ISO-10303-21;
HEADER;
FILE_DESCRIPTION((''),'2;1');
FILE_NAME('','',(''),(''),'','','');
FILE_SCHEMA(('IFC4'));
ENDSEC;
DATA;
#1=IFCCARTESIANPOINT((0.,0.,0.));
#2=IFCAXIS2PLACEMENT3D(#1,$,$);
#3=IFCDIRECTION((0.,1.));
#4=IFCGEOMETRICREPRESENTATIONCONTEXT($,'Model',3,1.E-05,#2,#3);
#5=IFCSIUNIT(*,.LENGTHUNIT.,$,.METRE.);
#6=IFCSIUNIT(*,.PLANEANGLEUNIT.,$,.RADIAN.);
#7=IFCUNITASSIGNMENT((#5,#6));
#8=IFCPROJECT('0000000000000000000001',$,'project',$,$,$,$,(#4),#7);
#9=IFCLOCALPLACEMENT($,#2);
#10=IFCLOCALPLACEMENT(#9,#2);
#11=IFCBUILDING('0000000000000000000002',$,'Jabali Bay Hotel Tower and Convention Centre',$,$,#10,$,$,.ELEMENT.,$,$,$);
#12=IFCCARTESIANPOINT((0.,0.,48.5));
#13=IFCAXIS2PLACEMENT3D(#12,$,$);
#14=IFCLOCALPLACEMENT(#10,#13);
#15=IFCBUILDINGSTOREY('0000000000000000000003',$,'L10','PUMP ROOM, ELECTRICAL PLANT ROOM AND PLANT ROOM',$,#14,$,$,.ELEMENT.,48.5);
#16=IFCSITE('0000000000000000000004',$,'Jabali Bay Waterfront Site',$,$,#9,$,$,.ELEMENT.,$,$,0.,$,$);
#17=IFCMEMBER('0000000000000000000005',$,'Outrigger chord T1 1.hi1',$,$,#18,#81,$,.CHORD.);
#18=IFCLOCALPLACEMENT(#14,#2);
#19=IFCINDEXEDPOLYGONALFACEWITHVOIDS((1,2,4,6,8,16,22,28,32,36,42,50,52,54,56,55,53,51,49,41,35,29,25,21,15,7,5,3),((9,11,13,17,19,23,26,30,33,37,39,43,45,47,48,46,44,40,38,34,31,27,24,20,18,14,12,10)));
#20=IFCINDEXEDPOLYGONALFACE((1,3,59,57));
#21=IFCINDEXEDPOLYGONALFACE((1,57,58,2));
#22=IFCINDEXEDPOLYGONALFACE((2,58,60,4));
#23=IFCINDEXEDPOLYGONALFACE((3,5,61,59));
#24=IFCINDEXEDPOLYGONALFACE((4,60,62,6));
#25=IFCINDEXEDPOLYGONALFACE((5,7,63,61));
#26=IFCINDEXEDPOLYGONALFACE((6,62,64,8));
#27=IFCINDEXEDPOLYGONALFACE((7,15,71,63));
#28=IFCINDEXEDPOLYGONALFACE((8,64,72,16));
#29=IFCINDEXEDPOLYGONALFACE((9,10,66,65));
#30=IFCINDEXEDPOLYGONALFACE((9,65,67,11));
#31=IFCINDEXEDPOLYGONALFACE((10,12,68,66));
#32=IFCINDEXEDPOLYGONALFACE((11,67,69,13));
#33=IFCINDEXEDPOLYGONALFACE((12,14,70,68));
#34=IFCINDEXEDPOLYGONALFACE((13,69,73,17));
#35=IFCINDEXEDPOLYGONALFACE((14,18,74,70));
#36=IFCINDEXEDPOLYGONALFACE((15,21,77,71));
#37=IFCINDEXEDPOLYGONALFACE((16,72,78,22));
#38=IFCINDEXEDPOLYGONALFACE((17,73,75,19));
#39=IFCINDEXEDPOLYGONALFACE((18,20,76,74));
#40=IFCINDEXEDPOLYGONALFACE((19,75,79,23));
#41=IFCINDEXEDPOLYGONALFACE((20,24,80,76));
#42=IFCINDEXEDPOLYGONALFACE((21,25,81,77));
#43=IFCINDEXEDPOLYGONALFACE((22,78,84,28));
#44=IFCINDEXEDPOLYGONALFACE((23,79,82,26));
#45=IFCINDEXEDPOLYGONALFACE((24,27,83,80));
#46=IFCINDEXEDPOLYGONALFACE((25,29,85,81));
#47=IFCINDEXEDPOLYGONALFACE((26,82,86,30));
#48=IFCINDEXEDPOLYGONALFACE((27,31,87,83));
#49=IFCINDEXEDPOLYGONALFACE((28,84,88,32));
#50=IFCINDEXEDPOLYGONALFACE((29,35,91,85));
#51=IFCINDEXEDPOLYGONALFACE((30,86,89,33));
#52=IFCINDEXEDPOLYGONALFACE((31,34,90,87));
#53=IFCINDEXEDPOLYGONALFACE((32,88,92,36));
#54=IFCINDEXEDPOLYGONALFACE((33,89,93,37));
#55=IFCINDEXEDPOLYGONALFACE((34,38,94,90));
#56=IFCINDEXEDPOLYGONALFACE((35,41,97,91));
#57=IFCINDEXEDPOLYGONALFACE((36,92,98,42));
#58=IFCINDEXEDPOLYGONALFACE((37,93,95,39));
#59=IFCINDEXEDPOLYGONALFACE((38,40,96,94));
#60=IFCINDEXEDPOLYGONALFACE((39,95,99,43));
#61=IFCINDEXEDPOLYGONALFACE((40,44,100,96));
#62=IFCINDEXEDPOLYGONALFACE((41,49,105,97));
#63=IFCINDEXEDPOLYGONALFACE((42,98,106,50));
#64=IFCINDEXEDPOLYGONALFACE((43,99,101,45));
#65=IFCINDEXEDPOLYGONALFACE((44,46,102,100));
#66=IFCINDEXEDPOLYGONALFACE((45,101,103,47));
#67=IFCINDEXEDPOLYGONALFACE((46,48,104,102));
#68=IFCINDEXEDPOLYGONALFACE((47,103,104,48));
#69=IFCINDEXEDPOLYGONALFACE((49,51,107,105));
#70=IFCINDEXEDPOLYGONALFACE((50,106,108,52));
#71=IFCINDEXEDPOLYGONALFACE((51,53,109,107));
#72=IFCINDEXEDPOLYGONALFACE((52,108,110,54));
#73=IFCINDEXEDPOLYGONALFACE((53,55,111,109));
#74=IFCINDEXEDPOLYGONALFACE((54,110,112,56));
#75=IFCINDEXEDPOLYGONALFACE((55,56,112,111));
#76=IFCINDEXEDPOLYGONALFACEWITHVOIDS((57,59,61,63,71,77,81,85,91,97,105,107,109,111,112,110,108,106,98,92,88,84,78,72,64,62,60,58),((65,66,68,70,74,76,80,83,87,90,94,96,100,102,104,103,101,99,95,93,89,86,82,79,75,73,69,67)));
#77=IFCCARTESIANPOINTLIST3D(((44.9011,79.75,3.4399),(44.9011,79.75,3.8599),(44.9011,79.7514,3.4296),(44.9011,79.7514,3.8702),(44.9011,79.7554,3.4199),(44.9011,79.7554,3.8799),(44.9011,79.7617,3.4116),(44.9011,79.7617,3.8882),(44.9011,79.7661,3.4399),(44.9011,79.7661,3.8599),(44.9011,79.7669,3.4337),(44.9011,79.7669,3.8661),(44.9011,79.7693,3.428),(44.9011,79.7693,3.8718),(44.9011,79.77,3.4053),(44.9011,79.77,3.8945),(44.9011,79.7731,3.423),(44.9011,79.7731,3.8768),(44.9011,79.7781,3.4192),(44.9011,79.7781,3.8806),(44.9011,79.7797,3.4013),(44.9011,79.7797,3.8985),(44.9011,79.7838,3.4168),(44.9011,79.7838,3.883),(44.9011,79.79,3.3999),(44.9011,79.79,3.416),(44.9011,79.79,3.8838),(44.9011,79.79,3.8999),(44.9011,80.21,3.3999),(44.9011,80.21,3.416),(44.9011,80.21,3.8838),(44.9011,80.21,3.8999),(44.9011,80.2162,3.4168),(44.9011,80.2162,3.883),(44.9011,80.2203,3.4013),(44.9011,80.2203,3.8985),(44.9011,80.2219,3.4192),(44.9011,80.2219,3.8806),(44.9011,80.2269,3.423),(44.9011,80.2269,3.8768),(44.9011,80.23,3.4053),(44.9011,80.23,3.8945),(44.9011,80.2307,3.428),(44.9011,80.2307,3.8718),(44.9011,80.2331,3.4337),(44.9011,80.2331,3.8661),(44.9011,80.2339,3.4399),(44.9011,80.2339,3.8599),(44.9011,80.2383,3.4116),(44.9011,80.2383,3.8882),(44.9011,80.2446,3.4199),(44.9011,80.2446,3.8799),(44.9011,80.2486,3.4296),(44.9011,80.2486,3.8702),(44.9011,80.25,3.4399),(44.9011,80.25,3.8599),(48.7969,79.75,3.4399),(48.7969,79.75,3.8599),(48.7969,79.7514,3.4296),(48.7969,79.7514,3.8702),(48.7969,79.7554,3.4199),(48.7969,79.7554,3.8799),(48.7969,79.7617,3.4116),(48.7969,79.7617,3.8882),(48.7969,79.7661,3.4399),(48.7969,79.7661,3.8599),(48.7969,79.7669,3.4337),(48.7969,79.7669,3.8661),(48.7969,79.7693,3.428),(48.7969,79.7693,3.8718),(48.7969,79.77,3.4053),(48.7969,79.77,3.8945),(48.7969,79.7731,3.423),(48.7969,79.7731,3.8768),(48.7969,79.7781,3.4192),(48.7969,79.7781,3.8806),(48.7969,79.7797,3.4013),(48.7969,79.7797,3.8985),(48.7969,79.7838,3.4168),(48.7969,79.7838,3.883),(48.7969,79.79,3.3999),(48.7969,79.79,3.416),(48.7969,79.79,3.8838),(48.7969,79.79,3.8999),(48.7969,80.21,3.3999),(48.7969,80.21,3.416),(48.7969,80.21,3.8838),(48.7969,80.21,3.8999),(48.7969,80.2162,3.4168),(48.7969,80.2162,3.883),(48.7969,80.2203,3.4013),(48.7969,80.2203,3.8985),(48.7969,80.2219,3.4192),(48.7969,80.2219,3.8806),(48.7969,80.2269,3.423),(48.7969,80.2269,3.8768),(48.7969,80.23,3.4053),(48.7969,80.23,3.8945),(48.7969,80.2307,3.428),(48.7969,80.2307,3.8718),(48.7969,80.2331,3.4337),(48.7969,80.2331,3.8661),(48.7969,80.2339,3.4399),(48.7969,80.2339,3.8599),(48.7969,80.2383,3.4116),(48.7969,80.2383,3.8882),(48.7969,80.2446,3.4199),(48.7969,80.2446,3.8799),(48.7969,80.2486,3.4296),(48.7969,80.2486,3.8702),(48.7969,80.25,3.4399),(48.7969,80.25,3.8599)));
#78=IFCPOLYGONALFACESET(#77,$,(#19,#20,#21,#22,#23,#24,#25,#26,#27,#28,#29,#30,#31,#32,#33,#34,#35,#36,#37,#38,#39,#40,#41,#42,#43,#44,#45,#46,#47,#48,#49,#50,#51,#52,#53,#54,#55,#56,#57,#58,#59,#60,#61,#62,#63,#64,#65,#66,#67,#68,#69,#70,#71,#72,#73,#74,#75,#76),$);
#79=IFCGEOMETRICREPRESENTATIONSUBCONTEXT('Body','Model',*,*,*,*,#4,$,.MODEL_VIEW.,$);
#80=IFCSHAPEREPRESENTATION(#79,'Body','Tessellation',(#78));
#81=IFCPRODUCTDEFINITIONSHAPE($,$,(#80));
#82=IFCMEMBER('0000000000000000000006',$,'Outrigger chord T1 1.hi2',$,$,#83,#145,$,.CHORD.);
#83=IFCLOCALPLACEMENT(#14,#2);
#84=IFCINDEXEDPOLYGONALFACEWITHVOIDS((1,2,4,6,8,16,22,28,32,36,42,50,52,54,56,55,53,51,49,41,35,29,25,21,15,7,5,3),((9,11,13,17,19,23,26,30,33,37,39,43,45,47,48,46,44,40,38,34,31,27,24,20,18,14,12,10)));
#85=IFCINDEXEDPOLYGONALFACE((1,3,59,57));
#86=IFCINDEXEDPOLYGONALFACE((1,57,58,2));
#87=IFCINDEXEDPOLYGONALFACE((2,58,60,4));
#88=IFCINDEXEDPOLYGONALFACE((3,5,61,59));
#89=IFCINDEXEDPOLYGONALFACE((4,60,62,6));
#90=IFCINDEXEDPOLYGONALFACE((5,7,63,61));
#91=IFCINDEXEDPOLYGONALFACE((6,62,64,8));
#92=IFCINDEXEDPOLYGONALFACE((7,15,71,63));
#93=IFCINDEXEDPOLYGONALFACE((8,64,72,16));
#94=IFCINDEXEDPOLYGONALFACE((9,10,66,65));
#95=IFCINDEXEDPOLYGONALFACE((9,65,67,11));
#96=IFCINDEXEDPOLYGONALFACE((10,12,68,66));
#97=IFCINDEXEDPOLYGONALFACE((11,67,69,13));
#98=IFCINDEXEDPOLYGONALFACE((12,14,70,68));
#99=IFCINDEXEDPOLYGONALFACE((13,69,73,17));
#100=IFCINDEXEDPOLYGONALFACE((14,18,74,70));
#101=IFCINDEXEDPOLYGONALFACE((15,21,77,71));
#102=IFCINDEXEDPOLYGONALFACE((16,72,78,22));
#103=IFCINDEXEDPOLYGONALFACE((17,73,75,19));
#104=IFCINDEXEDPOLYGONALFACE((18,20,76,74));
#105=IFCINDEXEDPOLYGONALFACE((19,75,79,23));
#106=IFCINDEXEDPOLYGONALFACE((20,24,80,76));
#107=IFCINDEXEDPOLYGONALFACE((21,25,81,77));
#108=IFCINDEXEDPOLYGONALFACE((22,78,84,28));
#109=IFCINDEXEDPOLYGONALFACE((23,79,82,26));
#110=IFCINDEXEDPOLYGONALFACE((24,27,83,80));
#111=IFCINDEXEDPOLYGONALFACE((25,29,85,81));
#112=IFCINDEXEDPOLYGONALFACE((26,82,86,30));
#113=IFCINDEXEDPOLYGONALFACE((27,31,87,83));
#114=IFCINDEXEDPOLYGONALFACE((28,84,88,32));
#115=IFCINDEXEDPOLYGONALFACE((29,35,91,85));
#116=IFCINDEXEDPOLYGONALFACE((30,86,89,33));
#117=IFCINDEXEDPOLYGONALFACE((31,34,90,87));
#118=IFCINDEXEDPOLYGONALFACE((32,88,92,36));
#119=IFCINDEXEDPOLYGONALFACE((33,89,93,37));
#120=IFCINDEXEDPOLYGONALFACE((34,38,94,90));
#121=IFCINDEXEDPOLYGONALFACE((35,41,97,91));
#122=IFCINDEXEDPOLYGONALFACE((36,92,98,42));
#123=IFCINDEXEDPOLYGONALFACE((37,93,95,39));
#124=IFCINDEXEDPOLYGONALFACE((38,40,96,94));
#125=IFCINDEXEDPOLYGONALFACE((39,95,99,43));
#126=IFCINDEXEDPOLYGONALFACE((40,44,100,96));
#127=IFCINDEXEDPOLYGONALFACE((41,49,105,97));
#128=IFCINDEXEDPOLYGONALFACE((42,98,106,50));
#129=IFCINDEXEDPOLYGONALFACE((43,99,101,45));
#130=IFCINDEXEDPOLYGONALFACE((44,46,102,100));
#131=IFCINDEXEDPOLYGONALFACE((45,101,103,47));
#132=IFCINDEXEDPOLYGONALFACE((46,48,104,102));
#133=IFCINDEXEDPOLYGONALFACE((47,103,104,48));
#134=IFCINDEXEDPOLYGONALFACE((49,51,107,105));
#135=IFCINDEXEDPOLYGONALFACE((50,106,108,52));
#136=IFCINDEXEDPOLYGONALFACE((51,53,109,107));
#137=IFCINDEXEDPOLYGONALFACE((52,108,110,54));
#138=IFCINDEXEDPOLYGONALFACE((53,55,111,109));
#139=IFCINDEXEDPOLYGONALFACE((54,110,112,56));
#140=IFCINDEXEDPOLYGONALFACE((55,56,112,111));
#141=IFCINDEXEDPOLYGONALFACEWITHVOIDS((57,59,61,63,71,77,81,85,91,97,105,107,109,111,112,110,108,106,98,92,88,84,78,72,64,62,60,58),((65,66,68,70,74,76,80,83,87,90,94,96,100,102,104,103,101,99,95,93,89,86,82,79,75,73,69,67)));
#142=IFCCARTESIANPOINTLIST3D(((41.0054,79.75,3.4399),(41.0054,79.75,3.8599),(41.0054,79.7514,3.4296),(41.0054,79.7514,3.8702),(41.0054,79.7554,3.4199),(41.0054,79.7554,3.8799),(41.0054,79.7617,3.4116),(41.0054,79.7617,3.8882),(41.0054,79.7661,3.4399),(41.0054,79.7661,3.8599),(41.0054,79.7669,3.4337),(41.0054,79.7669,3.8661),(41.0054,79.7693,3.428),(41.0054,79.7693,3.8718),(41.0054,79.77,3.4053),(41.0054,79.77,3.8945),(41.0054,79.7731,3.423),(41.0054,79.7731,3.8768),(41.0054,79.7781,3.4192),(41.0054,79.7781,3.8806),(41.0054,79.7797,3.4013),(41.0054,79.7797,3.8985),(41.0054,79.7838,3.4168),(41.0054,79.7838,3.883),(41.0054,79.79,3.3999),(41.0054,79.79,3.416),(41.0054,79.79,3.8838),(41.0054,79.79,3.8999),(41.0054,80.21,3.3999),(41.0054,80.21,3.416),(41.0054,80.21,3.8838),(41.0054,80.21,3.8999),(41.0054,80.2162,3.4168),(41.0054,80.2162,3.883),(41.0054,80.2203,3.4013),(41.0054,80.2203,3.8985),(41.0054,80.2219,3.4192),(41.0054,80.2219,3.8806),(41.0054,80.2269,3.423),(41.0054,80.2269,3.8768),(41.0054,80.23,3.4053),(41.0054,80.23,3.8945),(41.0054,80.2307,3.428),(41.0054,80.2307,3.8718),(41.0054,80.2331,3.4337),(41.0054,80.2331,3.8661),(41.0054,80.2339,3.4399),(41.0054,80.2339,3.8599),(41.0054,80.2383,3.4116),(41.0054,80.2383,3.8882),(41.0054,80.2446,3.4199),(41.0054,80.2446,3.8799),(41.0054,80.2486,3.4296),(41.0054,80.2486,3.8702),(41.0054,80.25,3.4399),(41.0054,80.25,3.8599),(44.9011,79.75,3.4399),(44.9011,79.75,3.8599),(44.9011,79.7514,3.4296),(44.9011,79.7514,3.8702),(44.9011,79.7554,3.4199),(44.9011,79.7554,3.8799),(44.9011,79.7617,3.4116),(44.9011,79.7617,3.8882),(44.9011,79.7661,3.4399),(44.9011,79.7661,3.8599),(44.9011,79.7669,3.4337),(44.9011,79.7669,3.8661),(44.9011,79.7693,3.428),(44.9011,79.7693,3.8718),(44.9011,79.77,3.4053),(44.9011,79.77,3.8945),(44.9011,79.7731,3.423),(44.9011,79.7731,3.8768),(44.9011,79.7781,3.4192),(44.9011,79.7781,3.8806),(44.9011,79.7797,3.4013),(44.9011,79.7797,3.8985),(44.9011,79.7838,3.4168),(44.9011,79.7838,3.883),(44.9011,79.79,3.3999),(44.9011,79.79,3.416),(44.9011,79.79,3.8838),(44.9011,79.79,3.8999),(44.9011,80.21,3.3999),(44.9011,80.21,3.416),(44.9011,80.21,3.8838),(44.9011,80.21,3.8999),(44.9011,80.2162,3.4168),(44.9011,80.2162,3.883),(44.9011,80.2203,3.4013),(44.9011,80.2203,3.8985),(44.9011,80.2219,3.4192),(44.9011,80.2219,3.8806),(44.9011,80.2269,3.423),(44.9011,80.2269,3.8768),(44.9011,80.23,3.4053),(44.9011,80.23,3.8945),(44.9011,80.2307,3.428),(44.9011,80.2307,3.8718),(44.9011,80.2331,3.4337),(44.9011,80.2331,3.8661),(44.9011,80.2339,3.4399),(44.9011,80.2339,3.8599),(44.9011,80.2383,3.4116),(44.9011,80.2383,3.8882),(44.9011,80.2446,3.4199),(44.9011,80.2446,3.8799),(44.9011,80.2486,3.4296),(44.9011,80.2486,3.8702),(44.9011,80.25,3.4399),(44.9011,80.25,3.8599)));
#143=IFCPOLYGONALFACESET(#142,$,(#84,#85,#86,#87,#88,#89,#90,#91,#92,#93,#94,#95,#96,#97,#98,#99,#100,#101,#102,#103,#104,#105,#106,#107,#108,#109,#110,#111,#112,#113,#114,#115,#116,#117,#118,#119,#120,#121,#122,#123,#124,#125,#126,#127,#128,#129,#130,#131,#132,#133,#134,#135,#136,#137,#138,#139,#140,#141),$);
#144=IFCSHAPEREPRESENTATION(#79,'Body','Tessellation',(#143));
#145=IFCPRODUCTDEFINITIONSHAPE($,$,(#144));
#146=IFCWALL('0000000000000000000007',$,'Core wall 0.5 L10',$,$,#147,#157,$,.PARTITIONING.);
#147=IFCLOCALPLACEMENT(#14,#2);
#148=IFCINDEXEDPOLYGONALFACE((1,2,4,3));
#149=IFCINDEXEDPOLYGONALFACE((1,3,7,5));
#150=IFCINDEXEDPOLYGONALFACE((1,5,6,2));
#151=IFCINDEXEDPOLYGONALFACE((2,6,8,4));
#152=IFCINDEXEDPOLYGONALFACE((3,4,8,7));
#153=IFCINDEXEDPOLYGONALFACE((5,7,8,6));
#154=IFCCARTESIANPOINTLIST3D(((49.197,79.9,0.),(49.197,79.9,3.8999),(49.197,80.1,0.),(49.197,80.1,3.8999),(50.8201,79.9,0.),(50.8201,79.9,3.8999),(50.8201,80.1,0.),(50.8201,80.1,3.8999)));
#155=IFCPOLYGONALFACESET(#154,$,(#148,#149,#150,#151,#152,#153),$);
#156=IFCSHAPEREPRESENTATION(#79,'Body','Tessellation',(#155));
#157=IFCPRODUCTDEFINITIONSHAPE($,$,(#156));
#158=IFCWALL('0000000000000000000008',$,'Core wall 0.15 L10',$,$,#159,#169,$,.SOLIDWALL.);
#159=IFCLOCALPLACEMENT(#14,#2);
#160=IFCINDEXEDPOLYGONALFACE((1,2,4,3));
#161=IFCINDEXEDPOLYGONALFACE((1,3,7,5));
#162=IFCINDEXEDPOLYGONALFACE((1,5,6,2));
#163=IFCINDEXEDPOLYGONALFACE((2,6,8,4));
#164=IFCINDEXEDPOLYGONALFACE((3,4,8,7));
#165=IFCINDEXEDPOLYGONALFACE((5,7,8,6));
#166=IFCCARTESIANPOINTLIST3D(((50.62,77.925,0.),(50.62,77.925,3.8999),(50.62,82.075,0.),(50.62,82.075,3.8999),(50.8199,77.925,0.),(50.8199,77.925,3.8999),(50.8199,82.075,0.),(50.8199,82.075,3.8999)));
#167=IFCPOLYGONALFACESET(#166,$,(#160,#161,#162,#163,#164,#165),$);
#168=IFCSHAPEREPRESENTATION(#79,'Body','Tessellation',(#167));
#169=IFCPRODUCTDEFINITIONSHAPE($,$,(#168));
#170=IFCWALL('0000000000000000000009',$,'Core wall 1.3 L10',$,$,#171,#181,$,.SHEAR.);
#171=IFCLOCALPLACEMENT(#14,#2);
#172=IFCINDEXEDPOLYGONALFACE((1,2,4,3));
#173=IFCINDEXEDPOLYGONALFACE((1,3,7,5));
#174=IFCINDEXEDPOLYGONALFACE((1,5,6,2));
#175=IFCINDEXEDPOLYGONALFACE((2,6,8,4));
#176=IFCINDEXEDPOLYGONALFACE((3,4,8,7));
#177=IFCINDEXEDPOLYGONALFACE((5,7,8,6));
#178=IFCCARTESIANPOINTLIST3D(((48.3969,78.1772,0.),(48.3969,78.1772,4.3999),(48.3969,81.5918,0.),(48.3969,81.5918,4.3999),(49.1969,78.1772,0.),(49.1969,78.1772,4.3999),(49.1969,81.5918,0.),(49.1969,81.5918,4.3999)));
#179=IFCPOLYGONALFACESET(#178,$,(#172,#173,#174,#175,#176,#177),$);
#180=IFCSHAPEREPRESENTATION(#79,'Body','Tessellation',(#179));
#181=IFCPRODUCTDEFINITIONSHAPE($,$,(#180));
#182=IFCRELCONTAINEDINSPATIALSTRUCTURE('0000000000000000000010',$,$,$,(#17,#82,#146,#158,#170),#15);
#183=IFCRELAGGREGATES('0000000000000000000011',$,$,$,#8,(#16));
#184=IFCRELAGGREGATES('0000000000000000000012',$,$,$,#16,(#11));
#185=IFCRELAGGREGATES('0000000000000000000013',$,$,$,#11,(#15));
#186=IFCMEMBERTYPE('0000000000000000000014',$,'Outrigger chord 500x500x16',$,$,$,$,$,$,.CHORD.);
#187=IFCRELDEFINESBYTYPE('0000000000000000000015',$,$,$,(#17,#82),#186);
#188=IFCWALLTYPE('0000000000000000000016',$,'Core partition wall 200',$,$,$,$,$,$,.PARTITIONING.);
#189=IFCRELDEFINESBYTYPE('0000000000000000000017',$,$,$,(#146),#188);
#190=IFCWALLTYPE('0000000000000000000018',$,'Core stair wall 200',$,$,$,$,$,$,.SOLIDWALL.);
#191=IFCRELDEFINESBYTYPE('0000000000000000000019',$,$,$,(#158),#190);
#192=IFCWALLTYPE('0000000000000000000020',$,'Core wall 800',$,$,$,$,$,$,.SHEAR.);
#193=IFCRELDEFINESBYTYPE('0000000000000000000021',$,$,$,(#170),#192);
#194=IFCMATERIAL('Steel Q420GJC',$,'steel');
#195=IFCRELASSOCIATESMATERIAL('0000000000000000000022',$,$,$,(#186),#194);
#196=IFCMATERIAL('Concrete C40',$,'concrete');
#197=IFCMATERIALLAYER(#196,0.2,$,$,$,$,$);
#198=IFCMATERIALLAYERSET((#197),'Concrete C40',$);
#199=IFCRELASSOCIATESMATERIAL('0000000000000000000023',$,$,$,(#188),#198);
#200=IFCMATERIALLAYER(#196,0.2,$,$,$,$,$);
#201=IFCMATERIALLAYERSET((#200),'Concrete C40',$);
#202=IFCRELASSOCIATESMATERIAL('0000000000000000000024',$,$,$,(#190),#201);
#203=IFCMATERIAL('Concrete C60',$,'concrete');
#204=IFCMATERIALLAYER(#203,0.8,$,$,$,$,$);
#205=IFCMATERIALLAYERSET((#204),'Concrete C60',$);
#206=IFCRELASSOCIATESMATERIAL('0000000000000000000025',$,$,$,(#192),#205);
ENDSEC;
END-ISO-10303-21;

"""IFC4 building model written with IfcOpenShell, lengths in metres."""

from ifc_helpers import new_model, si_unit, direction, frame, frame_2d, origin, origin_2d, place, context, subcontext, project, spatial, rectangle, hollow_rectangle, extrude, material, layer, layer_set, material_profile, profile_set, type_object, element, save


model = new_model("IFC4")

# Units and contexts
model_context = context("Model", 3, precision=1e-05, world=origin(), true_north=direction((0.0, 1.0)))
body_context = subcontext(model_context, "Body", "Model", "MODEL_VIEW")
ifc_project = project(units=[si_unit("LENGTHUNIT", "METRE"), si_unit("PLANEANGLEUNIT", "RADIAN")], contexts=[model_context])

# Site, building, storey
site_placement = place(None, origin())
site = spatial("IfcSite", under=ifc_project, at=site_placement, Name="Jabali Bay Waterfront Site", CompositionType="ELEMENT", RefElevation=0.0)
building_placement = place(site_placement, origin())
building = spatial("IfcBuilding", under=site, at=building_placement, Name="Jabali Bay Hotel Tower and Convention Centre", CompositionType="ELEMENT")
storey_placement = place(building_placement, frame((0.0, 0.0, 48.5)))
storey = spatial("IfcBuildingStorey", under=building, at=storey_placement, Name="L10", Description="PUMP ROOM, ELECTRICAL PLANT ROOM AND PLANT ROOM", CompositionType="ELEMENT", Elevation=48.5)

# Shared definitions
ifc_material_1 = material(Name="Concrete C60", Category="concrete")

# Members
ifc_material_2 = material(Name="Steel Q420GJC", Category="steel")
ifc_material_profile_1 = material_profile(ifc_material_2, hollow_rectangle(XDim=0.5, YDim=0.5, WallThickness=0.0161, InnerFilletRadius=0.0239, OuterFilletRadius=0.04, at=origin_2d()), Name="Outrigger chord 500x500x16")
ifc_profile_set_1 = profile_set([ifc_material_profile_1], Name="Steel Q420GJC")
member_type_1 = type_object("IfcMemberType", Name="Outrigger chord 500x500x16", PredefinedType="CHORD", material=ifc_profile_set_1)
for number, where, z_axis, x_axis, name in (
    (1, (48.7969, 80.0, 3.6499), (-1.0, 0.0, 0.0), (0.0, -1.0, 0.0), "Outrigger chord T1 1.hi1"),
    (2, (44.9011, 80.0, 3.6499), (-1.0, 0.0, 0.0), (0.0, -1.0, 0.0), "Outrigger chord T1 1.hi2"),
):
    element("IfcMember", number, at=place(storey_placement, frame(where, z_axis=z_axis, x_axis=x_axis)), inside=storey, type_object=member_type_1, Name=name, PredefinedType="CHORD", context=body_context, shape_type="SweptSolid", body=[
        extrude(hollow_rectangle(XDim=0.5, YDim=0.5, WallThickness=0.0161, InnerFilletRadius=0.0239, OuterFilletRadius=0.04, at=origin_2d()), origin(), (0.0, 0.0, 1.0), 3.8958),
    ])

# Walls
ifc_material_3 = material(Name="Concrete C40", Category="concrete")
ifc_layer_1 = layer(ifc_material_3, 0.2)
ifc_layer_set_1 = layer_set([ifc_layer_1], Name="Concrete C40")
wall_type_1 = type_object("IfcWallType", Name="Core partition wall 200", PredefinedType="PARTITIONING", material=ifc_layer_set_1)
wall_1_placement = place(storey_placement, frame((50.8201, 80.0, 0.0), z_axis=(0.0, 0.0, 1.0), x_axis=(-1.0, 0.0, 0.0)))
element("IfcWall", 3, at=wall_1_placement, inside=storey, type_object=wall_type_1, Name="Core wall 0.5 L10", PredefinedType="PARTITIONING", context=body_context, shape_type="SweptSolid", body=[
    extrude(rectangle(XDim=1.623, YDim=0.2, at=frame_2d((0.8115, 0.0))), origin(), (0.0, 0.0, 1.0), 3.8999),
])
ifc_layer_2 = layer(ifc_material_3, 0.2)
ifc_layer_set_2 = layer_set([ifc_layer_2], Name="Concrete C40")
wall_type_2 = type_object("IfcWallType", Name="Core stair wall 200", PredefinedType="SOLIDWALL", material=ifc_layer_set_2)
wall_2_placement = place(storey_placement, frame((50.72, 82.075, 0.0), z_axis=(0.0, 0.0, 1.0), x_axis=(0.0, -1.0, 0.0)))
element("IfcWall", 4, at=wall_2_placement, inside=storey, type_object=wall_type_2, Name="Core wall 0.15 L10", PredefinedType="SOLIDWALL", context=body_context, shape_type="SweptSolid", body=[
    extrude(rectangle(XDim=4.1499, YDim=0.2, at=frame_2d((2.075, 0.0))), origin(), (0.0, 0.0, 1.0), 3.8999),
])
ifc_layer_3 = layer(ifc_material_1, 0.8)
ifc_layer_set_3 = layer_set([ifc_layer_3], Name="Concrete C60")
wall_type_3 = type_object("IfcWallType", Name="Core wall 800", PredefinedType="SHEAR", material=ifc_layer_set_3)
wall_3_placement = place(storey_placement, frame((48.7969, 81.5918, 0.0), z_axis=(0.0, 0.0, 1.0), x_axis=(0.0, -1.0, 0.0)))
element("IfcWall", 5, at=wall_3_placement, inside=storey, type_object=wall_type_3, Name="Core wall 1.3 L10", PredefinedType="SHEAR", context=body_context, shape_type="SweptSolid", body=[
    extrude(rectangle(XDim=3.4146, YDim=0.8, at=frame_2d((1.7073, 0.0))), origin(), (0.0, 0.0, 1.0), 4.3999),
])

save(model, "model.ifc")
